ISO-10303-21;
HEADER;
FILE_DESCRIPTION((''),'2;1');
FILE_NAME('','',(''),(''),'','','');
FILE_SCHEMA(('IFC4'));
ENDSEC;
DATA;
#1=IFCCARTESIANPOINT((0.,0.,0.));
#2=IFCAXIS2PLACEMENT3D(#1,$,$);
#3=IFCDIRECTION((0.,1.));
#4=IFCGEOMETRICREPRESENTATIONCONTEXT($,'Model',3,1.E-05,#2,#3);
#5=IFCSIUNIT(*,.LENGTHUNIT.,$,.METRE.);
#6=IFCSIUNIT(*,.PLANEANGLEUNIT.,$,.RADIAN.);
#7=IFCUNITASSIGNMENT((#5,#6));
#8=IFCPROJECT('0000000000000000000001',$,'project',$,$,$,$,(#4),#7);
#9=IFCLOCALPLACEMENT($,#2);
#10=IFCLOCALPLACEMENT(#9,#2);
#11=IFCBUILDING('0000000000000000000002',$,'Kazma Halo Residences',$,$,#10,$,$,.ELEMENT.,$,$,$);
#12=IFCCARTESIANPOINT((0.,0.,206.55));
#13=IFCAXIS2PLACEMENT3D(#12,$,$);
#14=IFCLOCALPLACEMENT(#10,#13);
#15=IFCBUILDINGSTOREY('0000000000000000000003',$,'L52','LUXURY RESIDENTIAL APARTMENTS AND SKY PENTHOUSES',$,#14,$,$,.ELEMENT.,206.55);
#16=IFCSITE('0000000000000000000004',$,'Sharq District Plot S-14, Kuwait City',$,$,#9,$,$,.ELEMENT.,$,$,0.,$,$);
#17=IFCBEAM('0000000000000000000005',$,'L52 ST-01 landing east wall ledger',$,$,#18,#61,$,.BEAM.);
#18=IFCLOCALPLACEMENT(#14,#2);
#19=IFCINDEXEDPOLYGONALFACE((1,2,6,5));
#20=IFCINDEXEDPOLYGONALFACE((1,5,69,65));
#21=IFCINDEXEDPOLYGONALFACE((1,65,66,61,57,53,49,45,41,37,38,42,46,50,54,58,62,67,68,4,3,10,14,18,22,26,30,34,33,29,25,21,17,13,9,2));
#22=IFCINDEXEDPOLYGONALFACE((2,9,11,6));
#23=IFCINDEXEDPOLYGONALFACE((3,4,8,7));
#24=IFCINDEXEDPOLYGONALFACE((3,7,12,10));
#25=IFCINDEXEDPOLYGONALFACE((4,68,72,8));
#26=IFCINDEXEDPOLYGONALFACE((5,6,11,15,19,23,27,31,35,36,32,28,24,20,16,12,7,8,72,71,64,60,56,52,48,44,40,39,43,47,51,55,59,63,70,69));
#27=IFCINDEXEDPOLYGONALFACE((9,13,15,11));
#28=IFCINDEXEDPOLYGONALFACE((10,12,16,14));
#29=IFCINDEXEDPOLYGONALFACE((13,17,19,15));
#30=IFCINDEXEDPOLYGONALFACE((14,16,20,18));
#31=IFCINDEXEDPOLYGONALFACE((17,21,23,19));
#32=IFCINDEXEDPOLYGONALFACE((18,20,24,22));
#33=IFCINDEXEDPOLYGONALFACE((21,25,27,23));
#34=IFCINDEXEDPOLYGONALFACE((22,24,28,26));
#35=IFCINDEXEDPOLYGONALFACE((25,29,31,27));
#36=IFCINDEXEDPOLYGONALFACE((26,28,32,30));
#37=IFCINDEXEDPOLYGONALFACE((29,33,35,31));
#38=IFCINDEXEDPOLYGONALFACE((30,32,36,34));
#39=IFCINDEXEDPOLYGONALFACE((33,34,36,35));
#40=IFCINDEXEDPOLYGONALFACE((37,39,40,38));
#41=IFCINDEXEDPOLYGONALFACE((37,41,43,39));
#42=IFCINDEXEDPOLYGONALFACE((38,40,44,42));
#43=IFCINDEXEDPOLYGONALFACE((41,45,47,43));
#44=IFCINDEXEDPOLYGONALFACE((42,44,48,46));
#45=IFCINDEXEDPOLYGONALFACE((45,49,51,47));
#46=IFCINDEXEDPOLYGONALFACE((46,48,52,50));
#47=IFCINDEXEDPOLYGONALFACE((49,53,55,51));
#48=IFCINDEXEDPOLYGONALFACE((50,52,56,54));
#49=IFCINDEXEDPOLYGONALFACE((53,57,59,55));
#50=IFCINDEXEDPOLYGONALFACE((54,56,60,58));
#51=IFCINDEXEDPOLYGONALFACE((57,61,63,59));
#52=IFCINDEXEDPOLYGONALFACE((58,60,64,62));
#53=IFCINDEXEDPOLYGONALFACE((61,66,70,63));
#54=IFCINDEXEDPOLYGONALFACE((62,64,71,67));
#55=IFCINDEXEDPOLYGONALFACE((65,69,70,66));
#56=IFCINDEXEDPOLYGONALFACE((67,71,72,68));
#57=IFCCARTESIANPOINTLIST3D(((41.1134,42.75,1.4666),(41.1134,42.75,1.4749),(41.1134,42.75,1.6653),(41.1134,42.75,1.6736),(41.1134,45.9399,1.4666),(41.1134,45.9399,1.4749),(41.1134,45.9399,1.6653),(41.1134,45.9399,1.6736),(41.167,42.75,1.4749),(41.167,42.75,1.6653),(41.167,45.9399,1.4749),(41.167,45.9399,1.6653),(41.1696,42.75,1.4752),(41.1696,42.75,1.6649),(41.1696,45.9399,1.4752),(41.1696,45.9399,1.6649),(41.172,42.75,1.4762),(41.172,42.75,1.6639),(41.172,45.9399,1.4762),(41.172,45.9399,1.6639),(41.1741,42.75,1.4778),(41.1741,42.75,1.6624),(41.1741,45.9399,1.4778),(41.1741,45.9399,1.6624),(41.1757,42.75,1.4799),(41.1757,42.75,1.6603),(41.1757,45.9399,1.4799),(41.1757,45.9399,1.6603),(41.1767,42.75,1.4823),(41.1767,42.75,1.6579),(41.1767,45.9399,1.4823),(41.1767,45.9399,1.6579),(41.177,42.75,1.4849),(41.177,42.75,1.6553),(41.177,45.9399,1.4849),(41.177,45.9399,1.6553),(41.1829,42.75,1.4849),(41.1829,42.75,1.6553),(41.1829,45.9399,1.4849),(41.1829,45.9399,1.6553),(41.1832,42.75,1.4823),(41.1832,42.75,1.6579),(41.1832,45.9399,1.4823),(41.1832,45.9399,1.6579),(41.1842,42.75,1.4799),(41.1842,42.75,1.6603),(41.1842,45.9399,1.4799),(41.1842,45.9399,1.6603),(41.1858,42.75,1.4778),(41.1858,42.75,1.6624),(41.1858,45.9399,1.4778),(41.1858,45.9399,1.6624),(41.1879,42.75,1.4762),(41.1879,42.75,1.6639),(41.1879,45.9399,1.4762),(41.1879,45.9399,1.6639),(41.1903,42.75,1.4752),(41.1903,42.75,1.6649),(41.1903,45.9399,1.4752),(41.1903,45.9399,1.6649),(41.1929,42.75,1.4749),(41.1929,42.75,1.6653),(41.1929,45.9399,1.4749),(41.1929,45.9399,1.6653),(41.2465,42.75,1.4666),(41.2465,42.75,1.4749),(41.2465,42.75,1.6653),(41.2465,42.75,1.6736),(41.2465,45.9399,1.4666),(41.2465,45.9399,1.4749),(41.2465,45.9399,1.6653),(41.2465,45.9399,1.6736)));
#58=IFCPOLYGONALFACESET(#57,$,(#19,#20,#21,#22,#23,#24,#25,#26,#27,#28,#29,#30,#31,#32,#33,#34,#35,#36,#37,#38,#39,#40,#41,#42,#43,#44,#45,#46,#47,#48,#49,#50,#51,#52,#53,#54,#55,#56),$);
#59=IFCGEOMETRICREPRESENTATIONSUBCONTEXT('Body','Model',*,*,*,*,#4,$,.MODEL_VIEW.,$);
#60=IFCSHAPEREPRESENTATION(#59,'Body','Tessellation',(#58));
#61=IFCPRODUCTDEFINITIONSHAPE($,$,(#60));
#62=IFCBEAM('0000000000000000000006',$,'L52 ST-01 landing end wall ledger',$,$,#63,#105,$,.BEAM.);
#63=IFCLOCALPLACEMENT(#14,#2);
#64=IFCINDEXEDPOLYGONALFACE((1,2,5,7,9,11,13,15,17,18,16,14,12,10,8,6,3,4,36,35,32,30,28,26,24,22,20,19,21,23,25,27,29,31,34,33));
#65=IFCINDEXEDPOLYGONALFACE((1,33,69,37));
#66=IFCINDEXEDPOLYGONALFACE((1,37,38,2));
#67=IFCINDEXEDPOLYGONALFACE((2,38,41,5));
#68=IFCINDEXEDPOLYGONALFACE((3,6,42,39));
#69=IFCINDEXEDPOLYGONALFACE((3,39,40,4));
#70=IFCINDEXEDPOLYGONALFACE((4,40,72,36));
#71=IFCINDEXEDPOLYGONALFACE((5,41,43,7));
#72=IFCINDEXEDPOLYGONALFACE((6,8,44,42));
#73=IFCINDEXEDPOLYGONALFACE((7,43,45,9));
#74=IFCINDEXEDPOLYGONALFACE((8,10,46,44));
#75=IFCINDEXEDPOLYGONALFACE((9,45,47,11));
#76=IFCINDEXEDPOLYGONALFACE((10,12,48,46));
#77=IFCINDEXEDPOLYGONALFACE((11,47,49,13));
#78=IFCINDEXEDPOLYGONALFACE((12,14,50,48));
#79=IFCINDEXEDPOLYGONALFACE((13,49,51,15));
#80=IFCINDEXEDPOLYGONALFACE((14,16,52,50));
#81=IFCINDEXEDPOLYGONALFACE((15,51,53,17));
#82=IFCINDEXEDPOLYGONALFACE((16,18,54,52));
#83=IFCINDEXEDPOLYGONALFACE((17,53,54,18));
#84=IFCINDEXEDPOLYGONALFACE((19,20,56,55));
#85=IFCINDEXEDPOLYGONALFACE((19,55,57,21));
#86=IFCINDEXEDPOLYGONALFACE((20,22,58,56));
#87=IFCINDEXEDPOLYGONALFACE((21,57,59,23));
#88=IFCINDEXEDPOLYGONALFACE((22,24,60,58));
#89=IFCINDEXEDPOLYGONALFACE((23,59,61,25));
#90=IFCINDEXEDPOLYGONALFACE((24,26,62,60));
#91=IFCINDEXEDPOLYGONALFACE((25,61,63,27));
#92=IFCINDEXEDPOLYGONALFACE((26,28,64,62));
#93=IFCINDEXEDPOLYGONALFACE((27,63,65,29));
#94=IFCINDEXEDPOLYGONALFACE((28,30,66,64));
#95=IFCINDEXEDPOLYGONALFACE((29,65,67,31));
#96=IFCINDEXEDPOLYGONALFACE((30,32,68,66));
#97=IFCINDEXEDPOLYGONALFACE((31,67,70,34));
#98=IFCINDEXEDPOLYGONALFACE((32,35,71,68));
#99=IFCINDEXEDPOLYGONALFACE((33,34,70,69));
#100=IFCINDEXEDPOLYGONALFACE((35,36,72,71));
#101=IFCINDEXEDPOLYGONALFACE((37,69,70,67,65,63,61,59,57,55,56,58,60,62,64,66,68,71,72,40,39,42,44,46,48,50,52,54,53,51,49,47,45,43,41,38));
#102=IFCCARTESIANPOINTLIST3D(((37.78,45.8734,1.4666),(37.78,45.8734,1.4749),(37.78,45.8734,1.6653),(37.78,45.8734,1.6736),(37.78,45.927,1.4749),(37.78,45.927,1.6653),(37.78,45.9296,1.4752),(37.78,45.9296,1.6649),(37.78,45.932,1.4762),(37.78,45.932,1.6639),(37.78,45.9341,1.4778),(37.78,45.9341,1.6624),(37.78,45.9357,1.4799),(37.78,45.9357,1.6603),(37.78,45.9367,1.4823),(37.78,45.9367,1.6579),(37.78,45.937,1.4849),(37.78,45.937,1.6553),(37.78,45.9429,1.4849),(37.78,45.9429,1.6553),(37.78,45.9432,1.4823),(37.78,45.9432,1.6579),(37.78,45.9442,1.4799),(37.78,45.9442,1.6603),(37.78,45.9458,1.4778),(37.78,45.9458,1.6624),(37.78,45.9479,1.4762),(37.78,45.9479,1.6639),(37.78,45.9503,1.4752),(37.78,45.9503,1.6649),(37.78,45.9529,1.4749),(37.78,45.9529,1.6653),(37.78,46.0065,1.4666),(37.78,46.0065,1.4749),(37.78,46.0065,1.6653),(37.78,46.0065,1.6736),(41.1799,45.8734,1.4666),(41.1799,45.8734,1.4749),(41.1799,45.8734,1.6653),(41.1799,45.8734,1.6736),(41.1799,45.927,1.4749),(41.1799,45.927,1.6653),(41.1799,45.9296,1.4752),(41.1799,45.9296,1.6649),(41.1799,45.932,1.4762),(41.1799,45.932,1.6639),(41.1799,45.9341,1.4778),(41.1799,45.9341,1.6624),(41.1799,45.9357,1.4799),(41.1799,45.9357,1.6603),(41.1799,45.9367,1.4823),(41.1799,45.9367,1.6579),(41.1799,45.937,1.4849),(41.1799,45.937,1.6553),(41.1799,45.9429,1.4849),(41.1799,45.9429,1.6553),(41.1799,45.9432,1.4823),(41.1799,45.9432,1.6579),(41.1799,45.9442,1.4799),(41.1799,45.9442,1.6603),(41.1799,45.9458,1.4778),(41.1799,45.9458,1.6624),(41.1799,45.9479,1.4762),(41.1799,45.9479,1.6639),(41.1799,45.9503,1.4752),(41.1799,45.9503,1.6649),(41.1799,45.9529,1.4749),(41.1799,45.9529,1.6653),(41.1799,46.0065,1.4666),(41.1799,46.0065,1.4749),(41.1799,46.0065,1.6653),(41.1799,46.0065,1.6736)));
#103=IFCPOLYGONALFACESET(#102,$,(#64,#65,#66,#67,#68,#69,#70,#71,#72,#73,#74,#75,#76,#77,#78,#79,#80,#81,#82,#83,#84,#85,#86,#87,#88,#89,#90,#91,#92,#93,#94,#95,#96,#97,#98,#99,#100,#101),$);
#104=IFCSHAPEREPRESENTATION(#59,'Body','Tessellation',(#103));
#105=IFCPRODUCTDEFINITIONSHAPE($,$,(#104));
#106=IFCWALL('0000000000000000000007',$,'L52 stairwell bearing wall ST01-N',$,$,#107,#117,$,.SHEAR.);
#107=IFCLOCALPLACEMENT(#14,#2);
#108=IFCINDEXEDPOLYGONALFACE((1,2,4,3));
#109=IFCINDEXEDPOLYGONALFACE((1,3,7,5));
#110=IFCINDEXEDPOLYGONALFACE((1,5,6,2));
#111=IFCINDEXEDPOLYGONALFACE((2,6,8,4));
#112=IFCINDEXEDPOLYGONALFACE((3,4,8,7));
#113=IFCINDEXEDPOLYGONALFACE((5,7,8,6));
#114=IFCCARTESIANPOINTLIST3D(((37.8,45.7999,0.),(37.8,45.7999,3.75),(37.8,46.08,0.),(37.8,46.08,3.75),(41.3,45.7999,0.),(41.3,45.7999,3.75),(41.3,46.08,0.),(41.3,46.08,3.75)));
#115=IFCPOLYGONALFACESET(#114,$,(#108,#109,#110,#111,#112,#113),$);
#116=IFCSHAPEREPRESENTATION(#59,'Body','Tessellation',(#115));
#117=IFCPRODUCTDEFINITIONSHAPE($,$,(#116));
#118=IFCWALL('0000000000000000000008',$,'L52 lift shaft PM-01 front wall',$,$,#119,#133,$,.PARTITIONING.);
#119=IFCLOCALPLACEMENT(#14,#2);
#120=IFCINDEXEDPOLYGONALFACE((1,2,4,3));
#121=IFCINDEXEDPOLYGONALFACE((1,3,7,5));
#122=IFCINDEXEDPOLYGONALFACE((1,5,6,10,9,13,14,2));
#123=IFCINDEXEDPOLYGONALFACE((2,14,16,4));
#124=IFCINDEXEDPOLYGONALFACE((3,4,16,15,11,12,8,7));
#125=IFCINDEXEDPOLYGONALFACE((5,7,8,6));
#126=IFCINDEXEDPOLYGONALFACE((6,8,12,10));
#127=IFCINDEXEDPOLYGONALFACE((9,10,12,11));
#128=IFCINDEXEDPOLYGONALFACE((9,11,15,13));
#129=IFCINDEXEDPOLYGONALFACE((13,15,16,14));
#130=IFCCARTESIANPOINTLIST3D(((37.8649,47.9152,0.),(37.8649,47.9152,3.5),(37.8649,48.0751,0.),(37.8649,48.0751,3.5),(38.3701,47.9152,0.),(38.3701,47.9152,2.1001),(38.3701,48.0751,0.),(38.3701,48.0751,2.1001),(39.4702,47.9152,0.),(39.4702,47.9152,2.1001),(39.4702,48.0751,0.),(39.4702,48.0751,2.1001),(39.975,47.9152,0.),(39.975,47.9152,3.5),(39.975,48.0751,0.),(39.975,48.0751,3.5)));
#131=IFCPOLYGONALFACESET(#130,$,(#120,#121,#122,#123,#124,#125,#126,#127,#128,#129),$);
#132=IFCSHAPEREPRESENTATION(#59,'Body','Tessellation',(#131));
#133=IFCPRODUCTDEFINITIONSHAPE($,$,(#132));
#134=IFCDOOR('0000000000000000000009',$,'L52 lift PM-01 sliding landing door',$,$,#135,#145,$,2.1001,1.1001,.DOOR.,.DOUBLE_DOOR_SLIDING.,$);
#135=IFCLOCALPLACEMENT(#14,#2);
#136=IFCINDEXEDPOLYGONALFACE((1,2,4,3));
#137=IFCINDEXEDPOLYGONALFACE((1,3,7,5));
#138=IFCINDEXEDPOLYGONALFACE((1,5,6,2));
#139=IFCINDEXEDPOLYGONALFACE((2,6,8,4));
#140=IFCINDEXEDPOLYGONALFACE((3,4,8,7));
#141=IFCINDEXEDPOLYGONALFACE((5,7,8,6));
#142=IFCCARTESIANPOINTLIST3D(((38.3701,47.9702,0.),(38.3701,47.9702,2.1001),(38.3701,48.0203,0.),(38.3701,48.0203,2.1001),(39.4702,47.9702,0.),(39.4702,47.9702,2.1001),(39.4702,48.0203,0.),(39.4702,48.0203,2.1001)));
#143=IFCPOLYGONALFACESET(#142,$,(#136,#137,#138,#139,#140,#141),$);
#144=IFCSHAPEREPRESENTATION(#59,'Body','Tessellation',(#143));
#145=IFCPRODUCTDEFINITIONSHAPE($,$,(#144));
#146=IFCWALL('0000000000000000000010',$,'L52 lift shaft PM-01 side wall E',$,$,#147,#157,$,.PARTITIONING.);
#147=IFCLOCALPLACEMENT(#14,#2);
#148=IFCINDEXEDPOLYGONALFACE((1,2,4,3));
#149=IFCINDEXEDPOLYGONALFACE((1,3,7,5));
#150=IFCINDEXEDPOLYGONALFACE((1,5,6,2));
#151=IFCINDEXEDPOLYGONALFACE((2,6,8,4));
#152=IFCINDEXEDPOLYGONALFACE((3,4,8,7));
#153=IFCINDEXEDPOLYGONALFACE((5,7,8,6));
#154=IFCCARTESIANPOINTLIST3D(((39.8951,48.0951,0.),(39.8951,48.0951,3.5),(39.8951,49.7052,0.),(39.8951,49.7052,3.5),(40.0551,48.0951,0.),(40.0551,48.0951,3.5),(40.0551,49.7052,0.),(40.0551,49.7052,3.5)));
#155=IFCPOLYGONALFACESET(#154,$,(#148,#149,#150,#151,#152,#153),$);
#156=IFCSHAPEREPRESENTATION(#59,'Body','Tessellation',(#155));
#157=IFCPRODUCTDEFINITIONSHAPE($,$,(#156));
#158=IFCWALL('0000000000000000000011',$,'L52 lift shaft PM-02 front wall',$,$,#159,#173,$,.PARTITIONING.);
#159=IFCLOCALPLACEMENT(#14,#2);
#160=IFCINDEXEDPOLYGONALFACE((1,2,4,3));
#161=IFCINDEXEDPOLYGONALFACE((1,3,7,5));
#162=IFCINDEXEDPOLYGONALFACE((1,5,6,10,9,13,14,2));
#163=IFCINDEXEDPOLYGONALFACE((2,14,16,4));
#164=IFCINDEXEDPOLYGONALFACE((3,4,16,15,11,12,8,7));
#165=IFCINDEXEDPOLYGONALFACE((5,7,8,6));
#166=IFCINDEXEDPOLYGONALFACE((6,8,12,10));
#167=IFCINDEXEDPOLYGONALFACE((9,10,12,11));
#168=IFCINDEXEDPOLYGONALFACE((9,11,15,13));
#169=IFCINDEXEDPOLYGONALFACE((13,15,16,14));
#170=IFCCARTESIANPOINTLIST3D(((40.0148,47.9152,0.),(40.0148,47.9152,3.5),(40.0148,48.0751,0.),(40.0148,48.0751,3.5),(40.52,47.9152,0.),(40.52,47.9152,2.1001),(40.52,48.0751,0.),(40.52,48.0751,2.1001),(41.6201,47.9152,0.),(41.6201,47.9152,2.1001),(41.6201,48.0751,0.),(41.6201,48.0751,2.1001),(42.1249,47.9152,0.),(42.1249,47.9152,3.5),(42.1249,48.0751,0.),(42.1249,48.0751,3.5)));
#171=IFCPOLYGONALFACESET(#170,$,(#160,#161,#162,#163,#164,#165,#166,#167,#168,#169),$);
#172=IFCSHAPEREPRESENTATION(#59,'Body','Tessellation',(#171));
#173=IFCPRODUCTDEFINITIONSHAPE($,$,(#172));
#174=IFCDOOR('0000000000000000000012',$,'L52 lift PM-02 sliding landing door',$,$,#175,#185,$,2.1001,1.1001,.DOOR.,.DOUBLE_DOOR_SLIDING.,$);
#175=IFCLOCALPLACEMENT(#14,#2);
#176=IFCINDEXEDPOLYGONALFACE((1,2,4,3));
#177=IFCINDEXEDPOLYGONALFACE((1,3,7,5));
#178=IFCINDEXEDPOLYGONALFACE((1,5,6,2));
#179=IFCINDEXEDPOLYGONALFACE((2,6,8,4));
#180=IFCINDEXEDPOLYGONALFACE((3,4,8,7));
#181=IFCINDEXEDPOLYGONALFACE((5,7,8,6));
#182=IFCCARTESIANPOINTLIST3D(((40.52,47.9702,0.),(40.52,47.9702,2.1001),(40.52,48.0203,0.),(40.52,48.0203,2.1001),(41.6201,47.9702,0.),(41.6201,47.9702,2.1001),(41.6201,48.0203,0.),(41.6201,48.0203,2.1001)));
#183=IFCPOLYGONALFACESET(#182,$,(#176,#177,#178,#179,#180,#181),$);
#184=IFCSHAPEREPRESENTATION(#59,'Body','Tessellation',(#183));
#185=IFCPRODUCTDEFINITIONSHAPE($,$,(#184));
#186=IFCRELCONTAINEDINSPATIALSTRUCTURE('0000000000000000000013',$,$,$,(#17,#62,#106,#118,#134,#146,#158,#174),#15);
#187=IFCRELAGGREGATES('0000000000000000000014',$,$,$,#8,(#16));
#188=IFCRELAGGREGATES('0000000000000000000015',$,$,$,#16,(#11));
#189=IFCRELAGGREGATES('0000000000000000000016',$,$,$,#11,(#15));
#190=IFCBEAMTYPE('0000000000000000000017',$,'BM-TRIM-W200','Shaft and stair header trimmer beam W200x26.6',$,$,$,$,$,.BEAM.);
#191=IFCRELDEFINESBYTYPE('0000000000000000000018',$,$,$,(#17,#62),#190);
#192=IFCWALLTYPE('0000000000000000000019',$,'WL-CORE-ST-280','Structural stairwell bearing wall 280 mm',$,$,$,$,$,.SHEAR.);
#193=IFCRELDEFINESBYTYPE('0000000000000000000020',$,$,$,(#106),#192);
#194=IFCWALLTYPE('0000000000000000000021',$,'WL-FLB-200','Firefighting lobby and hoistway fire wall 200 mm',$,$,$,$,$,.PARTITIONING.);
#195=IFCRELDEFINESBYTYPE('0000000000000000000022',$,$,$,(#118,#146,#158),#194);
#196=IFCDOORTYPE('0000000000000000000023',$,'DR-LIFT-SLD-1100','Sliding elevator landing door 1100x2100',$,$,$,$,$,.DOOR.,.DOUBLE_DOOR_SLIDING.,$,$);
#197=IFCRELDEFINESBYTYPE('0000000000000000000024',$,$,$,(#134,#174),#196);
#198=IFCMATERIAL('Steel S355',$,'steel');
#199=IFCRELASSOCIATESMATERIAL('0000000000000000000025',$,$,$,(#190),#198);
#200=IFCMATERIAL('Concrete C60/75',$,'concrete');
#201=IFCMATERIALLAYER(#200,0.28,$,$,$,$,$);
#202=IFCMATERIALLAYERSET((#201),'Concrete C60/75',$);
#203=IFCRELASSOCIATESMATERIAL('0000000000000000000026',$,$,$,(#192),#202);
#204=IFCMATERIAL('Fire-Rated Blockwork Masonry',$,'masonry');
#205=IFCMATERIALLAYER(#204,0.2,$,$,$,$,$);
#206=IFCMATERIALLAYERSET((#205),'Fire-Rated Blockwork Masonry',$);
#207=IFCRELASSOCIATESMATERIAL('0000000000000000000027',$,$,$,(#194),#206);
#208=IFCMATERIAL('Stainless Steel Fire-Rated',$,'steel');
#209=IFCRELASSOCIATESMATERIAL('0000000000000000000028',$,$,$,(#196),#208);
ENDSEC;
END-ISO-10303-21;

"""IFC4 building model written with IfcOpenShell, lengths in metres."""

from ifc_helpers import new_model, si_unit, direction, frame, frame_2d, origin, origin_2d, place, context, subcontext, project, spatial, rectangle, i_section, extrude, material, layer, layer_set, material_profile, profile_set, type_object, element, fill, save


model = new_model("IFC4")

# Units and contexts
model_context = context("Model", 3, precision=1e-05, world=origin(), true_north=direction((0.0, 1.0)))
body_context = subcontext(model_context, "Body", "Model", "MODEL_VIEW")
ifc_project = project(units=[si_unit("LENGTHUNIT", "METRE"), si_unit("PLANEANGLEUNIT", "RADIAN")], contexts=[model_context])

# Site, building, storey
site_placement = place(None, origin())
site = spatial("IfcSite", under=ifc_project, at=site_placement, Name="Sharq District Plot S-14, Kuwait City", CompositionType="ELEMENT", RefElevation=0.0)
building_placement = place(site_placement, origin())
building = spatial("IfcBuilding", under=site, at=building_placement, Name="Kazma Halo Residences", CompositionType="ELEMENT")
storey_placement = place(building_placement, frame((0.0, 0.0, 206.55)))
storey = spatial("IfcBuildingStorey", under=building, at=storey_placement, Name="L52", Description="LUXURY RESIDENTIAL APARTMENTS AND SKY PENTHOUSES", CompositionType="ELEMENT", Elevation=206.55)

# Shared definitions
ifc_material_1 = material(Name="Steel S355", Category="steel")

# Beams
ifc_material_profile_1 = material_profile(ifc_material_1, i_section(OverallWidth=0.1331, OverallDepth=0.207, WebThickness=0.0059, FlangeThickness=0.0083, FilletRadius=0.01, at=origin_2d()), Name="W200x26.6")
ifc_profile_set_1 = profile_set([ifc_material_profile_1], Name="Steel S355")
beam_type_1 = type_object("IfcBeamType", Name="BM-TRIM-W200", Description="Shaft and stair header trimmer beam W200x26.6", PredefinedType="BEAM", material=ifc_profile_set_1)
beam_1_placement = place(storey_placement, frame((41.1799, 42.75, 1.5701), z_axis=(0.0, 1.0, 0.0), x_axis=(-1.0, 0.0, 0.0)))
element("IfcBeam", 1, at=beam_1_placement, inside=storey, type_object=beam_type_1, Name="L52 ST-01 landing east wall ledger", PredefinedType="BEAM", context=body_context, shape_type="SweptSolid", body=[
    extrude(i_section(OverallWidth=0.1331, OverallDepth=0.207, WebThickness=0.0059, FlangeThickness=0.0083, FilletRadius=0.01, at=origin_2d()), origin(), (0.0, 0.0, 1.0), 3.1899),
])
beam_2_placement = place(storey_placement, frame((37.78, 45.9399, 1.5701), z_axis=(1.0, 0.0, 0.0), x_axis=(0.0, 1.0, 0.0)))
element("IfcBeam", 2, at=beam_2_placement, inside=storey, type_object=beam_type_1, Name="L52 ST-01 landing end wall ledger", PredefinedType="BEAM", context=body_context, shape_type="SweptSolid", body=[
    extrude(i_section(OverallWidth=0.1331, OverallDepth=0.207, WebThickness=0.0059, FlangeThickness=0.0083, FilletRadius=0.01, at=origin_2d()), origin(), (0.0, 0.0, 1.0), 3.3999),
])

# Wall
ifc_material_2 = material(Name="Concrete C60/75", Category="concrete")
ifc_layer_1 = layer(ifc_material_2, 0.28)
ifc_layer_set_1 = layer_set([ifc_layer_1], Name="Concrete C60/75")
wall_type_1 = type_object("IfcWallType", Name="WL-CORE-ST-280", Description="Structural stairwell bearing wall 280 mm", PredefinedType="SHEAR", material=ifc_layer_set_1)
wall_1_placement = place(storey_placement, frame((37.8, 45.9399, 0.0), z_axis=(0.0, 0.0, 1.0), x_axis=(1.0, 0.0, 0.0)))
element("IfcWall", 3, at=wall_1_placement, inside=storey, type_object=wall_type_1, Name="L52 stairwell bearing wall ST01-N", PredefinedType="SHEAR", context=body_context, shape_type="SweptSolid", body=[
    extrude(rectangle(XDim=3.5, YDim=0.28, at=frame_2d((1.75, 0.0))), origin(), (0.0, 0.0, 1.0), 3.75),
])

# Wall, opening, door
ifc_material_3 = material(Name="Fire-Rated Blockwork Masonry", Category="masonry")
ifc_layer_2 = layer(ifc_material_3, 0.2)
ifc_layer_set_2 = layer_set([ifc_layer_2], Name="Fire-Rated Blockwork Masonry")
wall_type_2 = type_object("IfcWallType", Name="WL-FLB-200", Description="Firefighting lobby and hoistway fire wall 200 mm", PredefinedType="PARTITIONING", material=ifc_layer_set_2)
wall_2_placement = place(storey_placement, frame((39.9751, 47.9951, 0.0), z_axis=(0.0, 0.0, 1.0), x_axis=(-1.0, 0.0, 0.0)))
wall_2 = element("IfcWall", 4, at=wall_2_placement, inside=storey, type_object=wall_type_2, Name="L52 lift shaft PM-01 front wall", PredefinedType="PARTITIONING", context=body_context, shape_type="SweptSolid", body=[
    extrude(rectangle(XDim=2.1101, YDim=0.1599, at=frame_2d((1.0552, 0.0))), origin(), (0.0, 0.0, 1.0), 3.5),
])
opening_1_placement = place(wall_2_placement, frame((0.5049, 0.0, 0.0)))
opening_1 = element("IfcOpeningElement", 5, at=opening_1_placement, cuts=wall_2, PredefinedType="OPENING", context=body_context, shape_type="SweptSolid", body=[
    extrude(rectangle(XDim=1.1001, YDim=2.1001, at=frame_2d((0.55, 1.05))), frame((0.0, 0.0898, 0.0), z_axis=(0.0, -1.0, 0.0), x_axis=(1.0, 0.0, 0.0)), (0.0, 0.0, 1.0), 0.1799),
])
ifc_material_4 = material(Name="Stainless Steel Fire-Rated", Category="steel")
door_type = type_object("IfcDoorType", Name="DR-LIFT-SLD-1100", Description="Sliding elevator landing door 1100x2100", OperationType="DOUBLE_DOOR_SLIDING", PredefinedType="DOOR", material=ifc_material_4)
door_1_placement = place(opening_1_placement, origin())
door_1 = element("IfcDoor", 6, at=door_1_placement, inside=storey, type_object=door_type, Name="L52 lift PM-01 sliding landing door", OperationType="DOUBLE_DOOR_SLIDING", OverallHeight=2.1001, OverallWidth=1.1001, PredefinedType="DOOR", context=body_context, shape_type="SweptSolid", body=[
    extrude(rectangle(XDim=1.1001, YDim=2.1001, at=frame_2d((0.55, 1.05))), frame((0.0, 0.0249, 0.0), z_axis=(0.0, -1.0, 0.0), x_axis=(1.0, 0.0, 0.0)), (0.0, 0.0, 1.0), 0.05),
])
fill(opening_1, door_1)

# Wall
wall_3_placement = place(storey_placement, frame((39.9751, 48.095, 0.0), z_axis=(0.0, 0.0, 1.0), x_axis=(0.0, 1.0, 0.0)))
element("IfcWall", 7, at=wall_3_placement, inside=storey, type_object=wall_type_2, Name="L52 lift shaft PM-01 side wall E", PredefinedType="PARTITIONING", context=body_context, shape_type="SweptSolid", body=[
    extrude(rectangle(XDim=1.6101, YDim=0.1599, at=frame_2d((0.8052, 0.0))), origin(), (0.0, 0.0, 1.0), 3.5),
])

# Wall, opening, door
wall_4_placement = place(storey_placement, frame((42.125, 47.9951, 0.0), z_axis=(0.0, 0.0, 1.0), x_axis=(-1.0, 0.0, 0.0)))
wall_4 = element("IfcWall", 8, at=wall_4_placement, inside=storey, type_object=wall_type_2, Name="L52 lift shaft PM-02 front wall", PredefinedType="PARTITIONING", context=body_context, shape_type="SweptSolid", body=[
    extrude(rectangle(XDim=2.1101, YDim=0.1599, at=frame_2d((1.0552, 0.0))), origin(), (0.0, 0.0, 1.0), 3.5),
])
opening_2_placement = place(wall_4_placement, frame((0.5049, 0.0, 0.0)))
opening_2 = element("IfcOpeningElement", 9, at=opening_2_placement, cuts=wall_4, PredefinedType="OPENING", context=body_context, shape_type="SweptSolid", body=[
    extrude(rectangle(XDim=1.1001, YDim=2.1001, at=frame_2d((0.55, 1.05))), frame((0.0, 0.0898, 0.0), z_axis=(0.0, -1.0, 0.0), x_axis=(1.0, 0.0, 0.0)), (0.0, 0.0, 1.0), 0.1799),
])
door_2_placement = place(opening_2_placement, origin())
door_2 = element("IfcDoor", 10, at=door_2_placement, inside=storey, type_object=door_type, Name="L52 lift PM-02 sliding landing door", OperationType="DOUBLE_DOOR_SLIDING", OverallHeight=2.1001, OverallWidth=1.1001, PredefinedType="DOOR", context=body_context, shape_type="SweptSolid", body=[
    extrude(rectangle(XDim=1.1001, YDim=2.1001, at=frame_2d((0.55, 1.05))), frame((0.0, 0.0249, 0.0), z_axis=(0.0, -1.0, 0.0), x_axis=(1.0, 0.0, 0.0)), (0.0, 0.0, 1.0), 0.05),
])
fill(opening_2, door_2)

save(model, "model.ifc")
